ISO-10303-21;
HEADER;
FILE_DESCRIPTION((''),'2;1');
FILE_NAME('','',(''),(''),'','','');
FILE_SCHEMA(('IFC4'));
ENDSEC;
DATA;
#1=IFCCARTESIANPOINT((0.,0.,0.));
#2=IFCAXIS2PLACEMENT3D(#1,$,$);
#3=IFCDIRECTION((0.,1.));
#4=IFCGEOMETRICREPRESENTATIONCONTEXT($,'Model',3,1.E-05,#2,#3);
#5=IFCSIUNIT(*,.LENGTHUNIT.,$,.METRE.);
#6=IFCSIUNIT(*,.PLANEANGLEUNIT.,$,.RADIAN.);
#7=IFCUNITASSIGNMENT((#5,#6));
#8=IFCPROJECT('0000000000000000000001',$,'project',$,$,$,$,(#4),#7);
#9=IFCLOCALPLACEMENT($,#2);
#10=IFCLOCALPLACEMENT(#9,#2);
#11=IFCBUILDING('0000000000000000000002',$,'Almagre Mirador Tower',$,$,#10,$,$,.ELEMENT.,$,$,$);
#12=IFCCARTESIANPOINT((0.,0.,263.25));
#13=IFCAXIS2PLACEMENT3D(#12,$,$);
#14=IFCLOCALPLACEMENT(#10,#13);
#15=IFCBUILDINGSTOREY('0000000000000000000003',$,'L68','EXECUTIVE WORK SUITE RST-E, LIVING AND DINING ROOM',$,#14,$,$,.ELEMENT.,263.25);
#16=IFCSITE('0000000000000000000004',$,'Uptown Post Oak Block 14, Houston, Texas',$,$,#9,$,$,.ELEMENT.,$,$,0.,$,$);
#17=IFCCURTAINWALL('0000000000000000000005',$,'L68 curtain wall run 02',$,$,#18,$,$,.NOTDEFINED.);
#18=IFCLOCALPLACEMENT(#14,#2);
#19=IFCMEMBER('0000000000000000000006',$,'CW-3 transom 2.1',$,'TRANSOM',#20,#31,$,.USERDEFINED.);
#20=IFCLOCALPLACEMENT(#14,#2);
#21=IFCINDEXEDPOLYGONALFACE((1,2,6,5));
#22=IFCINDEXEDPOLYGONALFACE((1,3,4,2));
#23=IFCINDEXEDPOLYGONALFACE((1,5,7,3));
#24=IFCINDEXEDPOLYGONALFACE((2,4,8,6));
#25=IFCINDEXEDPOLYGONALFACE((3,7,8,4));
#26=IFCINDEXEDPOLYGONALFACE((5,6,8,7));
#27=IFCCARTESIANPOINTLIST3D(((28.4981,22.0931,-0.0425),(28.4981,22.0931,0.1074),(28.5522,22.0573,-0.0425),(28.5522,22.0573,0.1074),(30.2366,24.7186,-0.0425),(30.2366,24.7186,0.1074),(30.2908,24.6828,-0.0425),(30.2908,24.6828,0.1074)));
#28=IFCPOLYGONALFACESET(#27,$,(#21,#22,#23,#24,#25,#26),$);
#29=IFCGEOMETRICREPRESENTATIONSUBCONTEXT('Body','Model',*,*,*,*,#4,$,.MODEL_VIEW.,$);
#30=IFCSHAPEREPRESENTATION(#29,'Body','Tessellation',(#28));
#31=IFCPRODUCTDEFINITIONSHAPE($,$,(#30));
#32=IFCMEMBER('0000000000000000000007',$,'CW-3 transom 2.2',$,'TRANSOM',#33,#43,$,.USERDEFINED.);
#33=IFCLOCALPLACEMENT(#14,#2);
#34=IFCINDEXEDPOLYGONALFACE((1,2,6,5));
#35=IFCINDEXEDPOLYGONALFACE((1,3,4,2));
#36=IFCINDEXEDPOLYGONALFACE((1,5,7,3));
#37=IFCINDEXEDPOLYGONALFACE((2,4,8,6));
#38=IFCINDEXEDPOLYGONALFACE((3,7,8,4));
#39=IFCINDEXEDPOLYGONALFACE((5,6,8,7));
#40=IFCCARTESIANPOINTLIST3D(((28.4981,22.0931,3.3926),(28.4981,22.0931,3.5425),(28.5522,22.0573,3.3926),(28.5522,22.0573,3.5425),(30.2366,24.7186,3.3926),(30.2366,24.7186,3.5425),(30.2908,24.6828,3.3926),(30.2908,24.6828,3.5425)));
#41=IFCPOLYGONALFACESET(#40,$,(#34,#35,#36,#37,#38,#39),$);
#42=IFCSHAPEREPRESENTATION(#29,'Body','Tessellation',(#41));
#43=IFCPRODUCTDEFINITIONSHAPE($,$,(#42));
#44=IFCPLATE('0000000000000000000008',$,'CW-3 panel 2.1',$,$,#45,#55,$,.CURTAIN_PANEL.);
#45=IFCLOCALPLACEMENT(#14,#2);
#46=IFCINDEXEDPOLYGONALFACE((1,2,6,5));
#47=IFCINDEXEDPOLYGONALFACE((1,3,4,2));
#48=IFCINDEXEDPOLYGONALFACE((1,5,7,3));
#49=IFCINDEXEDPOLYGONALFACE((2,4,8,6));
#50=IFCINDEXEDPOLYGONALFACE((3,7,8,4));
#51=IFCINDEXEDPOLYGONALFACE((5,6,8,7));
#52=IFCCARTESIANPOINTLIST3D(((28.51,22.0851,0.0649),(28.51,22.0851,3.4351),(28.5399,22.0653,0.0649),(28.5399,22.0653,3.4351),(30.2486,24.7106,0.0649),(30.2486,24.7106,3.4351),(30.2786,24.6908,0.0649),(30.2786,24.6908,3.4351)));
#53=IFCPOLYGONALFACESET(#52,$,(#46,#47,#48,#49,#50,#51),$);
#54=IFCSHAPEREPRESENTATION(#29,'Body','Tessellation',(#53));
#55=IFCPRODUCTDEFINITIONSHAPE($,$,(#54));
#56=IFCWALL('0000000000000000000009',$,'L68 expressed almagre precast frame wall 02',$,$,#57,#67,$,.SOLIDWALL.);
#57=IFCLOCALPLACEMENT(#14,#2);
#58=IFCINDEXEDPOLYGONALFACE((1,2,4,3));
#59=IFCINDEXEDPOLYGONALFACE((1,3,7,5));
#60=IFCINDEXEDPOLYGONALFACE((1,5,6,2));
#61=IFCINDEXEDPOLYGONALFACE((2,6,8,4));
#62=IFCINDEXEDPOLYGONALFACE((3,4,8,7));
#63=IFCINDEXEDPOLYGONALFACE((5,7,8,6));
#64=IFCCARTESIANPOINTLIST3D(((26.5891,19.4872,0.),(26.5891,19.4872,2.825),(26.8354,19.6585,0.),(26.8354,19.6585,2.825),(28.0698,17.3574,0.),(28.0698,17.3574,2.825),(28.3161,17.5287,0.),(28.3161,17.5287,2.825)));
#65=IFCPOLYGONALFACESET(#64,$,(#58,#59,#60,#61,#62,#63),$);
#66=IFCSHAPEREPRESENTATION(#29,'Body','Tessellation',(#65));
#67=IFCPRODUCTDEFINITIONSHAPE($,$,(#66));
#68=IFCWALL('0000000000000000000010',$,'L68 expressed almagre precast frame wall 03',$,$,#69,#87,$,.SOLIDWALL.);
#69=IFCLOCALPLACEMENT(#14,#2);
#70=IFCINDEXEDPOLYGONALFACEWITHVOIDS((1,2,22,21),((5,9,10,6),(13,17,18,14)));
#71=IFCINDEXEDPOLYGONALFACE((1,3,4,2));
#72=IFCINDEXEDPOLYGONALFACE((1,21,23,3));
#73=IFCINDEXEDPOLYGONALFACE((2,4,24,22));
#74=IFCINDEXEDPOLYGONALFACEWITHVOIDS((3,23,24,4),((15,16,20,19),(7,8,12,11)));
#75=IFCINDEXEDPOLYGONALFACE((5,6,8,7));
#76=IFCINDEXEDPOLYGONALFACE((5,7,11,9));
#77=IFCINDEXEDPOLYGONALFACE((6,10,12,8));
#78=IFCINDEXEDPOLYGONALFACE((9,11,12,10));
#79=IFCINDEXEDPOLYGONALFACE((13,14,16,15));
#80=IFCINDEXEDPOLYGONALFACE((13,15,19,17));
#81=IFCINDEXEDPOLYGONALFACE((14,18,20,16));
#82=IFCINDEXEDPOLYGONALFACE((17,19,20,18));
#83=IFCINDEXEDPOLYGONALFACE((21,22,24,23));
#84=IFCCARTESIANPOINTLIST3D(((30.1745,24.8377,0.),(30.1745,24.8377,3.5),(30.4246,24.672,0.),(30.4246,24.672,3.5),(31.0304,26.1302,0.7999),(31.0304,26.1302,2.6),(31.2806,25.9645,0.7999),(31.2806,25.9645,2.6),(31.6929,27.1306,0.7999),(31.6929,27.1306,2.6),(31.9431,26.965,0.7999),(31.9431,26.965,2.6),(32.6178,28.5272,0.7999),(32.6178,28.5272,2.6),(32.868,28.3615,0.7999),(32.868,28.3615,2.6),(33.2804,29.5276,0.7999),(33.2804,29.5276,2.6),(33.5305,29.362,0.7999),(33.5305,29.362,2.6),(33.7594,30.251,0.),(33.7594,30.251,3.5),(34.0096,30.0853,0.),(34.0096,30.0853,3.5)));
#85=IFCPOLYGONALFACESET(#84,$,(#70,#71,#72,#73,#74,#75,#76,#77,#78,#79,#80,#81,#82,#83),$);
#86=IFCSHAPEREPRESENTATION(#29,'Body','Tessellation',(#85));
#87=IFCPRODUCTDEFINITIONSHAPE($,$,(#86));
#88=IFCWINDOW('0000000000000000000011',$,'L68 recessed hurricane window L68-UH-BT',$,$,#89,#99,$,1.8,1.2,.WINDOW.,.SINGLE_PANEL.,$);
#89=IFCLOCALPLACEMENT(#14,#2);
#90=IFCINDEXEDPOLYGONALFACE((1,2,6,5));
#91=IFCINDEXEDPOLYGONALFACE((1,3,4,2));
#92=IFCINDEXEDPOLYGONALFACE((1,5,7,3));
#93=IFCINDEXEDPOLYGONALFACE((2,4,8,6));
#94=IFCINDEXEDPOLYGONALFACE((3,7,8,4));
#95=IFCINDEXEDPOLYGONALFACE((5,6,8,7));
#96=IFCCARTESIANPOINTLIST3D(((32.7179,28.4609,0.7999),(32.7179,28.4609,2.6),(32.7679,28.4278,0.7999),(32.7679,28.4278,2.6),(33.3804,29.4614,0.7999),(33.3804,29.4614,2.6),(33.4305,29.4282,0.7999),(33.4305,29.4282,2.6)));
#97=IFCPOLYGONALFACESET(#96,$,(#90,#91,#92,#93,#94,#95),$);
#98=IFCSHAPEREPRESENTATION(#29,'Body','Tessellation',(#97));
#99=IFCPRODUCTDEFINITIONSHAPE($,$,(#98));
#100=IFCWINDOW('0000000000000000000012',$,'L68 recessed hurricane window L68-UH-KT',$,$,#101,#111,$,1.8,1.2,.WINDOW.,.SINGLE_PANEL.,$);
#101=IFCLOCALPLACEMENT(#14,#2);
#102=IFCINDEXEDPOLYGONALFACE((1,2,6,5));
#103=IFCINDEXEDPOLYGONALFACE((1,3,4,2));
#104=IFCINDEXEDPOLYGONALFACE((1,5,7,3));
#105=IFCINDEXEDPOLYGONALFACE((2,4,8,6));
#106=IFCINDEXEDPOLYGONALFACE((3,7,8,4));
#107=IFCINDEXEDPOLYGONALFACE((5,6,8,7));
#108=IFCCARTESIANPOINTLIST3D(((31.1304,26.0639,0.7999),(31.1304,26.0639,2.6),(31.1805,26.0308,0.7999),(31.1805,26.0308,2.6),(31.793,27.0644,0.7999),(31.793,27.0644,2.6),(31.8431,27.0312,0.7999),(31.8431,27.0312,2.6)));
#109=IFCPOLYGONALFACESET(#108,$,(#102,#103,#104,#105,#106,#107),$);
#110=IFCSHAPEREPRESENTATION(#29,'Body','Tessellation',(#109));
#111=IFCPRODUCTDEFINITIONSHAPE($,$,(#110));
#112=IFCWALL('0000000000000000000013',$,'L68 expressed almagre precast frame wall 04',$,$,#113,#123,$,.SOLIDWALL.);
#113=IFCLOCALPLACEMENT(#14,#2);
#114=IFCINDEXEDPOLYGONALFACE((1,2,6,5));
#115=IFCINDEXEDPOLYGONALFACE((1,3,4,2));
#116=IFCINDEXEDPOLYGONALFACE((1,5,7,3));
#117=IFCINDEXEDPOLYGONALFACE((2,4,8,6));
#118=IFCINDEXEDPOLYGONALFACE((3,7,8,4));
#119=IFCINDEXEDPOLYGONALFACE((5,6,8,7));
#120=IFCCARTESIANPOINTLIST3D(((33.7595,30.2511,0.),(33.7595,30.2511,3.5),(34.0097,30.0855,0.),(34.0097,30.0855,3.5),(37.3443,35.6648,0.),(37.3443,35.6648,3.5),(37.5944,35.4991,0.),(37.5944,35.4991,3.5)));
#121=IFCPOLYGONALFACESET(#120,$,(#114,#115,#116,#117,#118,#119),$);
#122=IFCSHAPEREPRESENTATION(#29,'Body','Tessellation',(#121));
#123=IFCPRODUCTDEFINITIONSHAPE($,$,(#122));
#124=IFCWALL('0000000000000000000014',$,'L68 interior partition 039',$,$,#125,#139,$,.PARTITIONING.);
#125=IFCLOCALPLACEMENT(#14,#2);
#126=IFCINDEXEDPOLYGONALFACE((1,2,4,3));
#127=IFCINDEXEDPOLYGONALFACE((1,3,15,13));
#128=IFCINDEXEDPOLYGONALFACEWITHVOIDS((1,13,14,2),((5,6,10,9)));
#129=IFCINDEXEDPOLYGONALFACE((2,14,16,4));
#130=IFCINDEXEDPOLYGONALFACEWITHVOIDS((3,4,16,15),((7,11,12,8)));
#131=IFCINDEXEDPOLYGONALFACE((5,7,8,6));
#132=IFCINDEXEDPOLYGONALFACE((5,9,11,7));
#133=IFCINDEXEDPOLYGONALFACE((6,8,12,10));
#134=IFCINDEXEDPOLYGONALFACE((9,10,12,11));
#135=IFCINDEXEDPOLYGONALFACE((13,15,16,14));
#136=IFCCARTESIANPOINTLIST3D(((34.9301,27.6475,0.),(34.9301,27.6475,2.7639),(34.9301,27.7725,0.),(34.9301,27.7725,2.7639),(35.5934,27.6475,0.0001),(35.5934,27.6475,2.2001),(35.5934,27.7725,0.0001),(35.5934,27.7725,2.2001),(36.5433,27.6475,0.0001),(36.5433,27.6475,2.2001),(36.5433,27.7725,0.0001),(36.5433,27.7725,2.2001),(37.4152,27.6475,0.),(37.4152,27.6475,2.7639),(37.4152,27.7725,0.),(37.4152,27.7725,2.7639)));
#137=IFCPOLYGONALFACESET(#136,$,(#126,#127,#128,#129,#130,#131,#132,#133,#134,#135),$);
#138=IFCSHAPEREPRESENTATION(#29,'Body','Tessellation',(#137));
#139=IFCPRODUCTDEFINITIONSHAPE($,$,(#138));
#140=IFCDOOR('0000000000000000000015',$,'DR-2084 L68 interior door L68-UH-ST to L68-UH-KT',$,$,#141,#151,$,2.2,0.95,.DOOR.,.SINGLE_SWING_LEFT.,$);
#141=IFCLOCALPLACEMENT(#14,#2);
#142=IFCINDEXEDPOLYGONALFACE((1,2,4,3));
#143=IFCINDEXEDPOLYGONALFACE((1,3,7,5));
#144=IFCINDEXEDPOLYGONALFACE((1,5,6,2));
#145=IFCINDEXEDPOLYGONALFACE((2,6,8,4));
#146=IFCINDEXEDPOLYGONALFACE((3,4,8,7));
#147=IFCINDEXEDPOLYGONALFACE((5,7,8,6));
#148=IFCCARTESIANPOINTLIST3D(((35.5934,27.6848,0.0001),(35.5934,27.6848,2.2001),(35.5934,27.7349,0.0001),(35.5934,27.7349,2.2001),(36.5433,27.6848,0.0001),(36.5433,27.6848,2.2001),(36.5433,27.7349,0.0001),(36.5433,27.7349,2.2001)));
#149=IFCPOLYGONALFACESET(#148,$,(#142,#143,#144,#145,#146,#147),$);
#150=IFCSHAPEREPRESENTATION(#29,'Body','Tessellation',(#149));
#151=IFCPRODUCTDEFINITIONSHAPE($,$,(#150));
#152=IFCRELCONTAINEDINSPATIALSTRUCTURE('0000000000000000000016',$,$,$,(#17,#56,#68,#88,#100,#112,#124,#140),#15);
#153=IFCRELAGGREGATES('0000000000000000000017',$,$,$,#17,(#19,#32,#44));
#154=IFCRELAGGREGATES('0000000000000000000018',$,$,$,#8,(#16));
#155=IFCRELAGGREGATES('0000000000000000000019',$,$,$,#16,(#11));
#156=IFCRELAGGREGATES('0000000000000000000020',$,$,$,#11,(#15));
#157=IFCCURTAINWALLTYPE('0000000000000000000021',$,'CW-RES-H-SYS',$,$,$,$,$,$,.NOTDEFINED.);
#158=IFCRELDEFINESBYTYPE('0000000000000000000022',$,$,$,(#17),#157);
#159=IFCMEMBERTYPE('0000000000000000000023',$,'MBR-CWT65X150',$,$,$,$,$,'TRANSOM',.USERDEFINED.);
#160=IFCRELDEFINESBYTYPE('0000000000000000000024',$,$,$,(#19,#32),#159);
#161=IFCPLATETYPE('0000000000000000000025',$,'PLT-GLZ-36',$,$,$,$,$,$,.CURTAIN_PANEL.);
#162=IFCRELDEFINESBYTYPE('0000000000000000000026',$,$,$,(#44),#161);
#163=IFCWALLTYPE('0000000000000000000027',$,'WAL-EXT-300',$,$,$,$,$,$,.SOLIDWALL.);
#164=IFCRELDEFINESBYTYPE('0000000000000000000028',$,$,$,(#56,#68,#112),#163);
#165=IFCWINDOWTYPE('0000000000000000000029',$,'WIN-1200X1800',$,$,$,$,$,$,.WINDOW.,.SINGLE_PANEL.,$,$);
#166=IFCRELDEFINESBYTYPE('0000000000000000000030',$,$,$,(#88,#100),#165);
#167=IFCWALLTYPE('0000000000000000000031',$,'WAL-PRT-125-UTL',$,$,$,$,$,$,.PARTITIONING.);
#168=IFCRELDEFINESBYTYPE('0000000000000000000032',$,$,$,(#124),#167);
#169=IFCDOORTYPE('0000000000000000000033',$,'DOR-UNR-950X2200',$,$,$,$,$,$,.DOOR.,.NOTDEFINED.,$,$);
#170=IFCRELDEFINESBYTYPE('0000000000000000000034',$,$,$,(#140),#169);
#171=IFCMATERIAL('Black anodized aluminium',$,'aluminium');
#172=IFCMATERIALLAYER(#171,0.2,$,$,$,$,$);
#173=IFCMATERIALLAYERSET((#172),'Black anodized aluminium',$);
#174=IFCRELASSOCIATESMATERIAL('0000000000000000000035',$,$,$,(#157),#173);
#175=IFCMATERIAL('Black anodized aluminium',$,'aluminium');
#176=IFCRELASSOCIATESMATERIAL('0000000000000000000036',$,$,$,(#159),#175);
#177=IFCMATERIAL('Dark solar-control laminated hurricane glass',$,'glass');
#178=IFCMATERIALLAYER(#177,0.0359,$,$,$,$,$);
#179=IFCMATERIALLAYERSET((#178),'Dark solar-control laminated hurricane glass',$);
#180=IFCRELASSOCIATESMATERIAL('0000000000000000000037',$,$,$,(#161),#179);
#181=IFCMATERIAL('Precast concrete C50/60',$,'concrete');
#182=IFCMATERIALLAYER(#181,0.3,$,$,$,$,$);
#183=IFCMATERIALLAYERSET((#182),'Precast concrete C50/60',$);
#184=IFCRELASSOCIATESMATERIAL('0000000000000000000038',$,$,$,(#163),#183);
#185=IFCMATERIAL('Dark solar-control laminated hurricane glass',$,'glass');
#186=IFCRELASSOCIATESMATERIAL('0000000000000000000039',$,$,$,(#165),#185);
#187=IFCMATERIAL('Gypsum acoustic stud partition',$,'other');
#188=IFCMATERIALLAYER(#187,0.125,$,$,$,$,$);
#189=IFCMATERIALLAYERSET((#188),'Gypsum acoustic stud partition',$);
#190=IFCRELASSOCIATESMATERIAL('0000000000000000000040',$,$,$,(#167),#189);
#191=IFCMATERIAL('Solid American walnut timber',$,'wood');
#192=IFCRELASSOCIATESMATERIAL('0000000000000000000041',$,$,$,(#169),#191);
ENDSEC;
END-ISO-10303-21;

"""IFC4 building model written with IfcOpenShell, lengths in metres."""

from ifc_helpers import new_model, si_unit, direction, frame, frame_2d, origin, origin_2d, place, context, subcontext, project, spatial, rectangle, extrude, material, layer, layer_set, material_profile, profile_set, type_object, element, fill, aggregate, save


model = new_model("IFC4")

# Units and contexts
model_context = context("Model", 3, precision=1e-05, world=origin(), true_north=direction((0.0, 1.0)))
body_context = subcontext(model_context, "Body", "Model", "MODEL_VIEW")
ifc_project = project(units=[si_unit("LENGTHUNIT", "METRE"), si_unit("PLANEANGLEUNIT", "RADIAN")], contexts=[model_context])

# Site, building, storey
site_placement = place(None, origin())
site = spatial("IfcSite", under=ifc_project, at=site_placement, Name="Uptown Post Oak Block 14, Houston, Texas", CompositionType="ELEMENT", RefElevation=0.0)
building_placement = place(site_placement, origin())
building = spatial("IfcBuilding", under=site, at=building_placement, Name="Almagre Mirador Tower", CompositionType="ELEMENT")
storey_placement = place(building_placement, frame((0.0, 0.0, 263.25)))
storey = spatial("IfcBuildingStorey", under=building, at=storey_placement, Name="L68", Description="EXECUTIVE WORK SUITE RST-E, LIVING AND DINING ROOM", CompositionType="ELEMENT", Elevation=263.25)

# Curtain wall, members, plate
ifc_material_1 = material(Name="Black anodized aluminium", Category="aluminium")
ifc_layer_1 = layer(ifc_material_1, 0.2)
ifc_layer_set_1 = layer_set([ifc_layer_1], Name="Black anodized aluminium")
curtain_wall_type_1 = type_object("IfcCurtainWallType", Name="CW-RES-H-SYS", PredefinedType="NOTDEFINED", material=ifc_layer_set_1)
curtain_wall_1_placement = place(storey_placement, origin())
curtain_wall_1 = element("IfcCurtainWall", 1, at=curtain_wall_1_placement, inside=storey, type_object=curtain_wall_type_1, Name="L68 curtain wall run 02", PredefinedType="NOTDEFINED")
ifc_material_2 = material(Name="Black anodized aluminium", Category="aluminium")
ifc_material_profile_1 = material_profile(ifc_material_2, rectangle(XDim=0.0649, YDim=0.1499, at=origin_2d()), Name="CWT65X150")
ifc_profile_set_1 = profile_set([ifc_material_profile_1], Name="Black anodized aluminium")
member_type_1 = type_object("IfcMemberType", Name="MBR-CWT65X150", ElementType="TRANSOM", PredefinedType="USERDEFINED", material=ifc_profile_set_1)
member_1_placement = place(storey_placement, frame((28.5251, 22.0752, 0.0325), z_axis=(0.552103, 0.833776, 0.0), x_axis=(-0.833776, 0.552103, 0.0)))
member_1 = element("IfcMember", 2, at=member_1_placement, type_object=member_type_1, Name="CW-3 transom 2.1", ObjectType="TRANSOM", PredefinedType="USERDEFINED", context=body_context, shape_type="SweptSolid", body=[
    extrude(rectangle(XDim=0.0649, YDim=0.1499, at=origin_2d()), origin(), (0.0, 0.0, 1.0), 3.1489),
])
member_2_placement = place(storey_placement, frame((28.5251, 22.0752, 3.4675), z_axis=(0.552103, 0.833776, 0.0), x_axis=(-0.833776, 0.552103, 0.0)))
member_2 = element("IfcMember", 3, at=member_2_placement, type_object=member_type_1, Name="CW-3 transom 2.2", ObjectType="TRANSOM", PredefinedType="USERDEFINED", context=body_context, shape_type="SweptSolid", body=[
    extrude(rectangle(XDim=0.0649, YDim=0.1499, at=origin_2d()), origin(), (0.0, 0.0, 1.0), 3.1489),
])
ifc_material_3 = material(Name="Dark solar-control laminated hurricane glass", Category="glass")
ifc_layer_2 = layer(ifc_material_3, 0.0359)
ifc_layer_set_2 = layer_set([ifc_layer_2], Name="Dark solar-control laminated hurricane glass")
plate_type = type_object("IfcPlateType", Name="PLT-GLZ-36", PredefinedType="CURTAIN_PANEL", material=ifc_layer_set_2)
plate_placement = place(storey_placement, frame((29.3943, 23.3879, 0.0649), z_axis=(0.0, 0.0, 1.0), x_axis=(0.552128, 0.833759, 0.0)))
plate = element("IfcPlate", 4, at=plate_placement, type_object=plate_type, Name="CW-3 panel 2.1", PredefinedType="CURTAIN_PANEL", context=body_context, shape_type="SweptSolid", body=[
    extrude(rectangle(XDim=3.1489, YDim=0.0359, at=origin_2d()), origin(), (0.0, 0.0, 1.0), 3.3701),
])
aggregate(curtain_wall_1, [member_1, member_2, plate])

# Wall
ifc_material_4 = material(Name="Precast concrete C50/60", Category="concrete")
ifc_layer_3 = layer(ifc_material_4, 0.3)
ifc_layer_set_3 = layer_set([ifc_layer_3], Name="Precast concrete C50/60")
wall_type_1 = type_object("IfcWallType", Name="WAL-EXT-300", PredefinedType="SOLIDWALL", material=ifc_layer_set_3)
wall_1_placement = place(storey_placement, frame((28.1929, 17.4431, 0.0), z_axis=(0.0, 0.0, 1.0), x_axis=(-0.570819, 0.821076, 0.0)))
element("IfcWall", 5, at=wall_1_placement, inside=storey, type_object=wall_type_1, Name="L68 expressed almagre precast frame wall 02", PredefinedType="SOLIDWALL", context=body_context, shape_type="SweptSolid", body=[
    extrude(rectangle(XDim=2.594, YDim=0.3, at=frame_2d((1.2969, 0.0))), origin(), (0.0, 0.0, 1.0), 2.825),
])

# Wall, openings, windows
wall_2_placement = place(storey_placement, frame((30.2996, 24.7549, 0.0), z_axis=(0.0, 0.0, 1.0), x_axis=(0.552146, 0.833747, 0.0)))
wall_2 = element("IfcWall", 6, at=wall_2_placement, inside=storey, type_object=wall_type_1, Name="L68 expressed almagre precast frame wall 03", PredefinedType="SOLIDWALL", context=body_context, shape_type="SweptSolid", body=[
    extrude(rectangle(XDim=6.4927, YDim=0.3, at=frame_2d((3.2463, 0.0))), origin(), (0.0, 0.0, 1.0), 3.5),
])
opening_1_placement = place(wall_2_placement, frame((4.425, 0.0, 0.8)))
opening_1 = element("IfcOpeningElement", 7, at=opening_1_placement, cuts=wall_2, PredefinedType="OPENING", context=body_context, shape_type="SweptSolid", body=[
    extrude(rectangle(XDim=1.2, YDim=1.8, at=frame_2d((0.6001, 0.8999))), frame((0.0, 0.1599, 0.0), z_axis=(0.0, -1.0, 0.0), x_axis=(1.0, 0.0, 0.0)), (0.0, 0.0, 1.0), 0.32),
])
opening_2_placement = place(wall_2_placement, frame((1.55, 0.0, 0.8)))
opening_2 = element("IfcOpeningElement", 8, at=opening_2_placement, cuts=wall_2, PredefinedType="OPENING", context=body_context, shape_type="SweptSolid", body=[
    extrude(rectangle(XDim=1.2, YDim=1.8, at=frame_2d((0.6001, 0.8999))), frame((0.0, 0.1599, 0.0), z_axis=(0.0, -1.0, 0.0), x_axis=(1.0, 0.0, 0.0)), (0.0, 0.0, 1.0), 0.32),
])
ifc_material_5 = material(Name="Dark solar-control laminated hurricane glass", Category="glass")
window_type = type_object("IfcWindowType", Name="WIN-1200X1800", PartitioningType="SINGLE_PANEL", PredefinedType="WINDOW", material=ifc_material_5)
window_1_placement = place(opening_1_placement, origin())
window_1 = element("IfcWindow", 9, at=window_1_placement, inside=storey, type_object=window_type, Name="L68 recessed hurricane window L68-UH-BT", OverallHeight=1.8, OverallWidth=1.2, PartitioningType="SINGLE_PANEL", PredefinedType="WINDOW", context=body_context, shape_type="SweptSolid", body=[
    extrude(rectangle(XDim=1.2, YDim=1.8, at=frame_2d((0.6001, 0.8999))), frame((0.0, 0.03, 0.0), z_axis=(0.0, -1.0, 0.0), x_axis=(1.0, 0.0, 0.0)), (0.0, 0.0, 1.0), 0.0601),
])
fill(opening_1, window_1)
window_2_placement = place(opening_2_placement, origin())
window_2 = element("IfcWindow", 10, at=window_2_placement, inside=storey, type_object=window_type, Name="L68 recessed hurricane window L68-UH-KT", OverallHeight=1.8, OverallWidth=1.2, PartitioningType="SINGLE_PANEL", PredefinedType="WINDOW", context=body_context, shape_type="SweptSolid", body=[
    extrude(rectangle(XDim=1.2, YDim=1.8, at=frame_2d((0.6001, 0.8999))), frame((0.0, 0.03, 0.0), z_axis=(0.0, -1.0, 0.0), x_axis=(1.0, 0.0, 0.0)), (0.0, 0.0, 1.0), 0.0601),
])
fill(opening_2, window_2)

# Wall
wall_3_placement = place(storey_placement, frame((33.8845, 30.1682, 0.0), z_axis=(0.0, 0.0, 1.0), x_axis=(0.552103, 0.833776, 0.0)))
element("IfcWall", 11, at=wall_3_placement, inside=storey, type_object=wall_type_1, Name="L68 expressed almagre precast frame wall 04", PredefinedType="SOLIDWALL", context=body_context, shape_type="SweptSolid", body=[
    extrude(rectangle(XDim=6.4929, YDim=0.3, at=frame_2d((3.2466, 0.0))), origin(), (0.0, 0.0, 1.0), 3.5),
])

# Wall, opening, door
ifc_material_6 = material(Name="Gypsum acoustic stud partition", Category="other")
ifc_layer_4 = layer(ifc_material_6, 0.125)
ifc_layer_set_4 = layer_set([ifc_layer_4], Name="Gypsum acoustic stud partition")
wall_type_2 = type_object("IfcWallType", Name="WAL-PRT-125-UTL", PredefinedType="PARTITIONING", material=ifc_layer_set_4)
wall_4_placement = place(storey_placement, frame((34.9299, 27.71, 0.0), z_axis=(0.0, 0.0, 1.0), x_axis=(1.0, 0.0, 0.0)))
wall_4 = element("IfcWall", 12, at=wall_4_placement, inside=storey, type_object=wall_type_2, Name="L68 interior partition 039", PredefinedType="PARTITIONING", context=body_context, shape_type="SweptSolid", body=[
    extrude(rectangle(XDim=2.4851, YDim=0.125, at=frame_2d((1.2427, 0.0))), origin(), (0.0, 0.0, 1.0), 2.7639),
])
opening_3_placement = place(wall_4_placement, frame((0.6633, 0.0, 0.0)))
opening_3 = element("IfcOpeningElement", 13, at=opening_3_placement, cuts=wall_4, PredefinedType="OPENING", context=body_context, shape_type="SweptSolid", body=[
    extrude(rectangle(XDim=0.95, YDim=2.2, at=frame_2d((0.4751, 1.1001))), frame((0.0, 0.0725, 0.0), z_axis=(0.0, -1.0, 0.0), x_axis=(1.0, 0.0, 0.0)), (0.0, 0.0, 1.0), 0.145),
])
ifc_material_7 = material(Name="Solid American walnut timber", Category="wood")
door_type_1 = type_object("IfcDoorType", Name="DOR-UNR-950X2200", OperationType="NOTDEFINED", PredefinedType="DOOR", material=ifc_material_7)
door_1_placement = place(opening_3_placement, origin())
door_1 = element("IfcDoor", 14, at=door_1_placement, inside=storey, type_object=door_type_1, Name="DR-2084 L68 interior door L68-UH-ST to L68-UH-KT", OperationType="SINGLE_SWING_LEFT", OverallHeight=2.2, OverallWidth=0.95, PredefinedType="DOOR", context=body_context, shape_type="SweptSolid", body=[
    extrude(rectangle(XDim=0.95, YDim=2.2, at=frame_2d((0.4751, 1.1001))), frame((0.0, 0.0249, 0.0), z_axis=(0.0, -1.0, 0.0), x_axis=(1.0, 0.0, 0.0)), (0.0, 0.0, 1.0), 0.05),
])
fill(opening_3, door_1)

save(model, "model.ifc")
